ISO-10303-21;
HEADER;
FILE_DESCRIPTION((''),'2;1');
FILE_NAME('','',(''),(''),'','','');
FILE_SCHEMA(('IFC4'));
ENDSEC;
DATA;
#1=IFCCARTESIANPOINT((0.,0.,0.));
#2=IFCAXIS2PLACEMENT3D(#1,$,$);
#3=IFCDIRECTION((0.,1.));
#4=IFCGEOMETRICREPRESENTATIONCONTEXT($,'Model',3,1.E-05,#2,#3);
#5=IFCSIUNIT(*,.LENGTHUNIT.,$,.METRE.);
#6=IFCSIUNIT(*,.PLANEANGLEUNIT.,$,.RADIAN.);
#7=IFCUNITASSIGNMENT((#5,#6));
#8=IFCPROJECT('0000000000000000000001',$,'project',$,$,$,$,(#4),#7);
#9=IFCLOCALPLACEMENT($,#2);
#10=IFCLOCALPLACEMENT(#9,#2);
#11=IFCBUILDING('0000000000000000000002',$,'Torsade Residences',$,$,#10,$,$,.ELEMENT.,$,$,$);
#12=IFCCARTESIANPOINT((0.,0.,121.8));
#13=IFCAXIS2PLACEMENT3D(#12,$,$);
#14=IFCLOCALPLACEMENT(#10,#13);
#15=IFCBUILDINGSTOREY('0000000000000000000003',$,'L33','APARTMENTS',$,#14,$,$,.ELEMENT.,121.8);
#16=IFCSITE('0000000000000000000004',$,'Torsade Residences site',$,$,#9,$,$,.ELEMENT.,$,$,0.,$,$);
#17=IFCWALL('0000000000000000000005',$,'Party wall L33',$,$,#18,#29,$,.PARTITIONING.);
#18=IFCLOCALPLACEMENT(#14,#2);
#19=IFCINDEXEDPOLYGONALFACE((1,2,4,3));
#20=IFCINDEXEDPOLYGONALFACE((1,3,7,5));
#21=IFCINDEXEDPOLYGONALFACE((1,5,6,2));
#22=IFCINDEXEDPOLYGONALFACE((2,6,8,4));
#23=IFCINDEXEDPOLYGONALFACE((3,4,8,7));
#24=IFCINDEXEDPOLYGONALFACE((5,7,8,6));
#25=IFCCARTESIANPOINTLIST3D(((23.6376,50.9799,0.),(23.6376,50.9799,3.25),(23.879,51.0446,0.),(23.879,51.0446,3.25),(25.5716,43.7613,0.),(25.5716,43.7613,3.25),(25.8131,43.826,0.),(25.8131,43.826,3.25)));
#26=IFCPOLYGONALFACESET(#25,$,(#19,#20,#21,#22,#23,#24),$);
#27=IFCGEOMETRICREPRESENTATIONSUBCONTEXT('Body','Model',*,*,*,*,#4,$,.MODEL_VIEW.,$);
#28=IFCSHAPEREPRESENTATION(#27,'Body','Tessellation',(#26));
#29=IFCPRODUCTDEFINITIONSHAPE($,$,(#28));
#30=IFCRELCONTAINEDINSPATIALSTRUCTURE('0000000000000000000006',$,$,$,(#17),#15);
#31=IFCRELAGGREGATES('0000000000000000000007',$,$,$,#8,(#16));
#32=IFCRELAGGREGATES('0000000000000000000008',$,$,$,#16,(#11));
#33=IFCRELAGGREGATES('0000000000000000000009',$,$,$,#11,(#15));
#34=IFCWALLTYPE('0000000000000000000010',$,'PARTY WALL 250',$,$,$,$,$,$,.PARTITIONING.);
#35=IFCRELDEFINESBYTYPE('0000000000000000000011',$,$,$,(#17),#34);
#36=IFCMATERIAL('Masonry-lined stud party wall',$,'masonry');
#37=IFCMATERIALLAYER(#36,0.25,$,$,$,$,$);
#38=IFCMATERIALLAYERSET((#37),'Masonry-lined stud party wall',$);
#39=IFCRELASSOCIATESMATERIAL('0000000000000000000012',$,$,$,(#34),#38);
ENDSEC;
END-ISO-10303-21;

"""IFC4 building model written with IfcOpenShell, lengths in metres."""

from ifc_helpers import new_model, si_unit, direction, frame, frame_2d, origin, place, context, subcontext, project, spatial, rectangle, extrude, material, layer, layer_set, type_object, element, save


model = new_model("IFC4")

# Units and contexts
model_context = context("Model", 3, precision=1e-05, world=origin(), true_north=direction((0.0, 1.0)))
body_context = subcontext(model_context, "Body", "Model", "MODEL_VIEW")
ifc_project = project(units=[si_unit("LENGTHUNIT", "METRE"), si_unit("PLANEANGLEUNIT", "RADIAN")], contexts=[model_context])

# Site, building, storey
site_placement = place(None, origin())
site = spatial("IfcSite", under=ifc_project, at=site_placement, Name="Torsade Residences site", CompositionType="ELEMENT", RefElevation=0.0)
building_placement = place(site_placement, origin())
building = spatial("IfcBuilding", under=site, at=building_placement, Name="Torsade Residences", CompositionType="ELEMENT")
storey_placement = place(building_placement, frame((0.0, 0.0, 121.8)))
storey = spatial("IfcBuildingStorey", under=building, at=storey_placement, Name="L33", Description="APARTMENTS", CompositionType="ELEMENT", Elevation=121.8)

# Wall
ifc_material_1 = material(Name="Masonry-lined stud party wall", Category="masonry")
ifc_layer_1 = layer(ifc_material_1, 0.25)
ifc_layer_set_1 = layer_set([ifc_layer_1], Name="Masonry-lined stud party wall")
wall_type_1 = type_object("IfcWallType", Name="PARTY WALL 250", PredefinedType="PARTITIONING", material=ifc_layer_set_1)
wall_1_placement = place(storey_placement, frame((23.7583, 51.0122, 0.0), z_axis=(0.0, 0.0, 1.0), x_axis=(0.258805, -0.96593, 0.0)))
element("IfcWall", 1, at=wall_1_placement, inside=storey, type_object=wall_type_1, Name="Party wall L33", PredefinedType="PARTITIONING", context=body_context, shape_type="SweptSolid", body=[
    extrude(rectangle(XDim=7.4731, YDim=0.25, at=frame_2d((3.7366, 0.0))), origin(), (0.0, 0.0, 1.0), 3.25),
])

save(model, "model.ifc")
